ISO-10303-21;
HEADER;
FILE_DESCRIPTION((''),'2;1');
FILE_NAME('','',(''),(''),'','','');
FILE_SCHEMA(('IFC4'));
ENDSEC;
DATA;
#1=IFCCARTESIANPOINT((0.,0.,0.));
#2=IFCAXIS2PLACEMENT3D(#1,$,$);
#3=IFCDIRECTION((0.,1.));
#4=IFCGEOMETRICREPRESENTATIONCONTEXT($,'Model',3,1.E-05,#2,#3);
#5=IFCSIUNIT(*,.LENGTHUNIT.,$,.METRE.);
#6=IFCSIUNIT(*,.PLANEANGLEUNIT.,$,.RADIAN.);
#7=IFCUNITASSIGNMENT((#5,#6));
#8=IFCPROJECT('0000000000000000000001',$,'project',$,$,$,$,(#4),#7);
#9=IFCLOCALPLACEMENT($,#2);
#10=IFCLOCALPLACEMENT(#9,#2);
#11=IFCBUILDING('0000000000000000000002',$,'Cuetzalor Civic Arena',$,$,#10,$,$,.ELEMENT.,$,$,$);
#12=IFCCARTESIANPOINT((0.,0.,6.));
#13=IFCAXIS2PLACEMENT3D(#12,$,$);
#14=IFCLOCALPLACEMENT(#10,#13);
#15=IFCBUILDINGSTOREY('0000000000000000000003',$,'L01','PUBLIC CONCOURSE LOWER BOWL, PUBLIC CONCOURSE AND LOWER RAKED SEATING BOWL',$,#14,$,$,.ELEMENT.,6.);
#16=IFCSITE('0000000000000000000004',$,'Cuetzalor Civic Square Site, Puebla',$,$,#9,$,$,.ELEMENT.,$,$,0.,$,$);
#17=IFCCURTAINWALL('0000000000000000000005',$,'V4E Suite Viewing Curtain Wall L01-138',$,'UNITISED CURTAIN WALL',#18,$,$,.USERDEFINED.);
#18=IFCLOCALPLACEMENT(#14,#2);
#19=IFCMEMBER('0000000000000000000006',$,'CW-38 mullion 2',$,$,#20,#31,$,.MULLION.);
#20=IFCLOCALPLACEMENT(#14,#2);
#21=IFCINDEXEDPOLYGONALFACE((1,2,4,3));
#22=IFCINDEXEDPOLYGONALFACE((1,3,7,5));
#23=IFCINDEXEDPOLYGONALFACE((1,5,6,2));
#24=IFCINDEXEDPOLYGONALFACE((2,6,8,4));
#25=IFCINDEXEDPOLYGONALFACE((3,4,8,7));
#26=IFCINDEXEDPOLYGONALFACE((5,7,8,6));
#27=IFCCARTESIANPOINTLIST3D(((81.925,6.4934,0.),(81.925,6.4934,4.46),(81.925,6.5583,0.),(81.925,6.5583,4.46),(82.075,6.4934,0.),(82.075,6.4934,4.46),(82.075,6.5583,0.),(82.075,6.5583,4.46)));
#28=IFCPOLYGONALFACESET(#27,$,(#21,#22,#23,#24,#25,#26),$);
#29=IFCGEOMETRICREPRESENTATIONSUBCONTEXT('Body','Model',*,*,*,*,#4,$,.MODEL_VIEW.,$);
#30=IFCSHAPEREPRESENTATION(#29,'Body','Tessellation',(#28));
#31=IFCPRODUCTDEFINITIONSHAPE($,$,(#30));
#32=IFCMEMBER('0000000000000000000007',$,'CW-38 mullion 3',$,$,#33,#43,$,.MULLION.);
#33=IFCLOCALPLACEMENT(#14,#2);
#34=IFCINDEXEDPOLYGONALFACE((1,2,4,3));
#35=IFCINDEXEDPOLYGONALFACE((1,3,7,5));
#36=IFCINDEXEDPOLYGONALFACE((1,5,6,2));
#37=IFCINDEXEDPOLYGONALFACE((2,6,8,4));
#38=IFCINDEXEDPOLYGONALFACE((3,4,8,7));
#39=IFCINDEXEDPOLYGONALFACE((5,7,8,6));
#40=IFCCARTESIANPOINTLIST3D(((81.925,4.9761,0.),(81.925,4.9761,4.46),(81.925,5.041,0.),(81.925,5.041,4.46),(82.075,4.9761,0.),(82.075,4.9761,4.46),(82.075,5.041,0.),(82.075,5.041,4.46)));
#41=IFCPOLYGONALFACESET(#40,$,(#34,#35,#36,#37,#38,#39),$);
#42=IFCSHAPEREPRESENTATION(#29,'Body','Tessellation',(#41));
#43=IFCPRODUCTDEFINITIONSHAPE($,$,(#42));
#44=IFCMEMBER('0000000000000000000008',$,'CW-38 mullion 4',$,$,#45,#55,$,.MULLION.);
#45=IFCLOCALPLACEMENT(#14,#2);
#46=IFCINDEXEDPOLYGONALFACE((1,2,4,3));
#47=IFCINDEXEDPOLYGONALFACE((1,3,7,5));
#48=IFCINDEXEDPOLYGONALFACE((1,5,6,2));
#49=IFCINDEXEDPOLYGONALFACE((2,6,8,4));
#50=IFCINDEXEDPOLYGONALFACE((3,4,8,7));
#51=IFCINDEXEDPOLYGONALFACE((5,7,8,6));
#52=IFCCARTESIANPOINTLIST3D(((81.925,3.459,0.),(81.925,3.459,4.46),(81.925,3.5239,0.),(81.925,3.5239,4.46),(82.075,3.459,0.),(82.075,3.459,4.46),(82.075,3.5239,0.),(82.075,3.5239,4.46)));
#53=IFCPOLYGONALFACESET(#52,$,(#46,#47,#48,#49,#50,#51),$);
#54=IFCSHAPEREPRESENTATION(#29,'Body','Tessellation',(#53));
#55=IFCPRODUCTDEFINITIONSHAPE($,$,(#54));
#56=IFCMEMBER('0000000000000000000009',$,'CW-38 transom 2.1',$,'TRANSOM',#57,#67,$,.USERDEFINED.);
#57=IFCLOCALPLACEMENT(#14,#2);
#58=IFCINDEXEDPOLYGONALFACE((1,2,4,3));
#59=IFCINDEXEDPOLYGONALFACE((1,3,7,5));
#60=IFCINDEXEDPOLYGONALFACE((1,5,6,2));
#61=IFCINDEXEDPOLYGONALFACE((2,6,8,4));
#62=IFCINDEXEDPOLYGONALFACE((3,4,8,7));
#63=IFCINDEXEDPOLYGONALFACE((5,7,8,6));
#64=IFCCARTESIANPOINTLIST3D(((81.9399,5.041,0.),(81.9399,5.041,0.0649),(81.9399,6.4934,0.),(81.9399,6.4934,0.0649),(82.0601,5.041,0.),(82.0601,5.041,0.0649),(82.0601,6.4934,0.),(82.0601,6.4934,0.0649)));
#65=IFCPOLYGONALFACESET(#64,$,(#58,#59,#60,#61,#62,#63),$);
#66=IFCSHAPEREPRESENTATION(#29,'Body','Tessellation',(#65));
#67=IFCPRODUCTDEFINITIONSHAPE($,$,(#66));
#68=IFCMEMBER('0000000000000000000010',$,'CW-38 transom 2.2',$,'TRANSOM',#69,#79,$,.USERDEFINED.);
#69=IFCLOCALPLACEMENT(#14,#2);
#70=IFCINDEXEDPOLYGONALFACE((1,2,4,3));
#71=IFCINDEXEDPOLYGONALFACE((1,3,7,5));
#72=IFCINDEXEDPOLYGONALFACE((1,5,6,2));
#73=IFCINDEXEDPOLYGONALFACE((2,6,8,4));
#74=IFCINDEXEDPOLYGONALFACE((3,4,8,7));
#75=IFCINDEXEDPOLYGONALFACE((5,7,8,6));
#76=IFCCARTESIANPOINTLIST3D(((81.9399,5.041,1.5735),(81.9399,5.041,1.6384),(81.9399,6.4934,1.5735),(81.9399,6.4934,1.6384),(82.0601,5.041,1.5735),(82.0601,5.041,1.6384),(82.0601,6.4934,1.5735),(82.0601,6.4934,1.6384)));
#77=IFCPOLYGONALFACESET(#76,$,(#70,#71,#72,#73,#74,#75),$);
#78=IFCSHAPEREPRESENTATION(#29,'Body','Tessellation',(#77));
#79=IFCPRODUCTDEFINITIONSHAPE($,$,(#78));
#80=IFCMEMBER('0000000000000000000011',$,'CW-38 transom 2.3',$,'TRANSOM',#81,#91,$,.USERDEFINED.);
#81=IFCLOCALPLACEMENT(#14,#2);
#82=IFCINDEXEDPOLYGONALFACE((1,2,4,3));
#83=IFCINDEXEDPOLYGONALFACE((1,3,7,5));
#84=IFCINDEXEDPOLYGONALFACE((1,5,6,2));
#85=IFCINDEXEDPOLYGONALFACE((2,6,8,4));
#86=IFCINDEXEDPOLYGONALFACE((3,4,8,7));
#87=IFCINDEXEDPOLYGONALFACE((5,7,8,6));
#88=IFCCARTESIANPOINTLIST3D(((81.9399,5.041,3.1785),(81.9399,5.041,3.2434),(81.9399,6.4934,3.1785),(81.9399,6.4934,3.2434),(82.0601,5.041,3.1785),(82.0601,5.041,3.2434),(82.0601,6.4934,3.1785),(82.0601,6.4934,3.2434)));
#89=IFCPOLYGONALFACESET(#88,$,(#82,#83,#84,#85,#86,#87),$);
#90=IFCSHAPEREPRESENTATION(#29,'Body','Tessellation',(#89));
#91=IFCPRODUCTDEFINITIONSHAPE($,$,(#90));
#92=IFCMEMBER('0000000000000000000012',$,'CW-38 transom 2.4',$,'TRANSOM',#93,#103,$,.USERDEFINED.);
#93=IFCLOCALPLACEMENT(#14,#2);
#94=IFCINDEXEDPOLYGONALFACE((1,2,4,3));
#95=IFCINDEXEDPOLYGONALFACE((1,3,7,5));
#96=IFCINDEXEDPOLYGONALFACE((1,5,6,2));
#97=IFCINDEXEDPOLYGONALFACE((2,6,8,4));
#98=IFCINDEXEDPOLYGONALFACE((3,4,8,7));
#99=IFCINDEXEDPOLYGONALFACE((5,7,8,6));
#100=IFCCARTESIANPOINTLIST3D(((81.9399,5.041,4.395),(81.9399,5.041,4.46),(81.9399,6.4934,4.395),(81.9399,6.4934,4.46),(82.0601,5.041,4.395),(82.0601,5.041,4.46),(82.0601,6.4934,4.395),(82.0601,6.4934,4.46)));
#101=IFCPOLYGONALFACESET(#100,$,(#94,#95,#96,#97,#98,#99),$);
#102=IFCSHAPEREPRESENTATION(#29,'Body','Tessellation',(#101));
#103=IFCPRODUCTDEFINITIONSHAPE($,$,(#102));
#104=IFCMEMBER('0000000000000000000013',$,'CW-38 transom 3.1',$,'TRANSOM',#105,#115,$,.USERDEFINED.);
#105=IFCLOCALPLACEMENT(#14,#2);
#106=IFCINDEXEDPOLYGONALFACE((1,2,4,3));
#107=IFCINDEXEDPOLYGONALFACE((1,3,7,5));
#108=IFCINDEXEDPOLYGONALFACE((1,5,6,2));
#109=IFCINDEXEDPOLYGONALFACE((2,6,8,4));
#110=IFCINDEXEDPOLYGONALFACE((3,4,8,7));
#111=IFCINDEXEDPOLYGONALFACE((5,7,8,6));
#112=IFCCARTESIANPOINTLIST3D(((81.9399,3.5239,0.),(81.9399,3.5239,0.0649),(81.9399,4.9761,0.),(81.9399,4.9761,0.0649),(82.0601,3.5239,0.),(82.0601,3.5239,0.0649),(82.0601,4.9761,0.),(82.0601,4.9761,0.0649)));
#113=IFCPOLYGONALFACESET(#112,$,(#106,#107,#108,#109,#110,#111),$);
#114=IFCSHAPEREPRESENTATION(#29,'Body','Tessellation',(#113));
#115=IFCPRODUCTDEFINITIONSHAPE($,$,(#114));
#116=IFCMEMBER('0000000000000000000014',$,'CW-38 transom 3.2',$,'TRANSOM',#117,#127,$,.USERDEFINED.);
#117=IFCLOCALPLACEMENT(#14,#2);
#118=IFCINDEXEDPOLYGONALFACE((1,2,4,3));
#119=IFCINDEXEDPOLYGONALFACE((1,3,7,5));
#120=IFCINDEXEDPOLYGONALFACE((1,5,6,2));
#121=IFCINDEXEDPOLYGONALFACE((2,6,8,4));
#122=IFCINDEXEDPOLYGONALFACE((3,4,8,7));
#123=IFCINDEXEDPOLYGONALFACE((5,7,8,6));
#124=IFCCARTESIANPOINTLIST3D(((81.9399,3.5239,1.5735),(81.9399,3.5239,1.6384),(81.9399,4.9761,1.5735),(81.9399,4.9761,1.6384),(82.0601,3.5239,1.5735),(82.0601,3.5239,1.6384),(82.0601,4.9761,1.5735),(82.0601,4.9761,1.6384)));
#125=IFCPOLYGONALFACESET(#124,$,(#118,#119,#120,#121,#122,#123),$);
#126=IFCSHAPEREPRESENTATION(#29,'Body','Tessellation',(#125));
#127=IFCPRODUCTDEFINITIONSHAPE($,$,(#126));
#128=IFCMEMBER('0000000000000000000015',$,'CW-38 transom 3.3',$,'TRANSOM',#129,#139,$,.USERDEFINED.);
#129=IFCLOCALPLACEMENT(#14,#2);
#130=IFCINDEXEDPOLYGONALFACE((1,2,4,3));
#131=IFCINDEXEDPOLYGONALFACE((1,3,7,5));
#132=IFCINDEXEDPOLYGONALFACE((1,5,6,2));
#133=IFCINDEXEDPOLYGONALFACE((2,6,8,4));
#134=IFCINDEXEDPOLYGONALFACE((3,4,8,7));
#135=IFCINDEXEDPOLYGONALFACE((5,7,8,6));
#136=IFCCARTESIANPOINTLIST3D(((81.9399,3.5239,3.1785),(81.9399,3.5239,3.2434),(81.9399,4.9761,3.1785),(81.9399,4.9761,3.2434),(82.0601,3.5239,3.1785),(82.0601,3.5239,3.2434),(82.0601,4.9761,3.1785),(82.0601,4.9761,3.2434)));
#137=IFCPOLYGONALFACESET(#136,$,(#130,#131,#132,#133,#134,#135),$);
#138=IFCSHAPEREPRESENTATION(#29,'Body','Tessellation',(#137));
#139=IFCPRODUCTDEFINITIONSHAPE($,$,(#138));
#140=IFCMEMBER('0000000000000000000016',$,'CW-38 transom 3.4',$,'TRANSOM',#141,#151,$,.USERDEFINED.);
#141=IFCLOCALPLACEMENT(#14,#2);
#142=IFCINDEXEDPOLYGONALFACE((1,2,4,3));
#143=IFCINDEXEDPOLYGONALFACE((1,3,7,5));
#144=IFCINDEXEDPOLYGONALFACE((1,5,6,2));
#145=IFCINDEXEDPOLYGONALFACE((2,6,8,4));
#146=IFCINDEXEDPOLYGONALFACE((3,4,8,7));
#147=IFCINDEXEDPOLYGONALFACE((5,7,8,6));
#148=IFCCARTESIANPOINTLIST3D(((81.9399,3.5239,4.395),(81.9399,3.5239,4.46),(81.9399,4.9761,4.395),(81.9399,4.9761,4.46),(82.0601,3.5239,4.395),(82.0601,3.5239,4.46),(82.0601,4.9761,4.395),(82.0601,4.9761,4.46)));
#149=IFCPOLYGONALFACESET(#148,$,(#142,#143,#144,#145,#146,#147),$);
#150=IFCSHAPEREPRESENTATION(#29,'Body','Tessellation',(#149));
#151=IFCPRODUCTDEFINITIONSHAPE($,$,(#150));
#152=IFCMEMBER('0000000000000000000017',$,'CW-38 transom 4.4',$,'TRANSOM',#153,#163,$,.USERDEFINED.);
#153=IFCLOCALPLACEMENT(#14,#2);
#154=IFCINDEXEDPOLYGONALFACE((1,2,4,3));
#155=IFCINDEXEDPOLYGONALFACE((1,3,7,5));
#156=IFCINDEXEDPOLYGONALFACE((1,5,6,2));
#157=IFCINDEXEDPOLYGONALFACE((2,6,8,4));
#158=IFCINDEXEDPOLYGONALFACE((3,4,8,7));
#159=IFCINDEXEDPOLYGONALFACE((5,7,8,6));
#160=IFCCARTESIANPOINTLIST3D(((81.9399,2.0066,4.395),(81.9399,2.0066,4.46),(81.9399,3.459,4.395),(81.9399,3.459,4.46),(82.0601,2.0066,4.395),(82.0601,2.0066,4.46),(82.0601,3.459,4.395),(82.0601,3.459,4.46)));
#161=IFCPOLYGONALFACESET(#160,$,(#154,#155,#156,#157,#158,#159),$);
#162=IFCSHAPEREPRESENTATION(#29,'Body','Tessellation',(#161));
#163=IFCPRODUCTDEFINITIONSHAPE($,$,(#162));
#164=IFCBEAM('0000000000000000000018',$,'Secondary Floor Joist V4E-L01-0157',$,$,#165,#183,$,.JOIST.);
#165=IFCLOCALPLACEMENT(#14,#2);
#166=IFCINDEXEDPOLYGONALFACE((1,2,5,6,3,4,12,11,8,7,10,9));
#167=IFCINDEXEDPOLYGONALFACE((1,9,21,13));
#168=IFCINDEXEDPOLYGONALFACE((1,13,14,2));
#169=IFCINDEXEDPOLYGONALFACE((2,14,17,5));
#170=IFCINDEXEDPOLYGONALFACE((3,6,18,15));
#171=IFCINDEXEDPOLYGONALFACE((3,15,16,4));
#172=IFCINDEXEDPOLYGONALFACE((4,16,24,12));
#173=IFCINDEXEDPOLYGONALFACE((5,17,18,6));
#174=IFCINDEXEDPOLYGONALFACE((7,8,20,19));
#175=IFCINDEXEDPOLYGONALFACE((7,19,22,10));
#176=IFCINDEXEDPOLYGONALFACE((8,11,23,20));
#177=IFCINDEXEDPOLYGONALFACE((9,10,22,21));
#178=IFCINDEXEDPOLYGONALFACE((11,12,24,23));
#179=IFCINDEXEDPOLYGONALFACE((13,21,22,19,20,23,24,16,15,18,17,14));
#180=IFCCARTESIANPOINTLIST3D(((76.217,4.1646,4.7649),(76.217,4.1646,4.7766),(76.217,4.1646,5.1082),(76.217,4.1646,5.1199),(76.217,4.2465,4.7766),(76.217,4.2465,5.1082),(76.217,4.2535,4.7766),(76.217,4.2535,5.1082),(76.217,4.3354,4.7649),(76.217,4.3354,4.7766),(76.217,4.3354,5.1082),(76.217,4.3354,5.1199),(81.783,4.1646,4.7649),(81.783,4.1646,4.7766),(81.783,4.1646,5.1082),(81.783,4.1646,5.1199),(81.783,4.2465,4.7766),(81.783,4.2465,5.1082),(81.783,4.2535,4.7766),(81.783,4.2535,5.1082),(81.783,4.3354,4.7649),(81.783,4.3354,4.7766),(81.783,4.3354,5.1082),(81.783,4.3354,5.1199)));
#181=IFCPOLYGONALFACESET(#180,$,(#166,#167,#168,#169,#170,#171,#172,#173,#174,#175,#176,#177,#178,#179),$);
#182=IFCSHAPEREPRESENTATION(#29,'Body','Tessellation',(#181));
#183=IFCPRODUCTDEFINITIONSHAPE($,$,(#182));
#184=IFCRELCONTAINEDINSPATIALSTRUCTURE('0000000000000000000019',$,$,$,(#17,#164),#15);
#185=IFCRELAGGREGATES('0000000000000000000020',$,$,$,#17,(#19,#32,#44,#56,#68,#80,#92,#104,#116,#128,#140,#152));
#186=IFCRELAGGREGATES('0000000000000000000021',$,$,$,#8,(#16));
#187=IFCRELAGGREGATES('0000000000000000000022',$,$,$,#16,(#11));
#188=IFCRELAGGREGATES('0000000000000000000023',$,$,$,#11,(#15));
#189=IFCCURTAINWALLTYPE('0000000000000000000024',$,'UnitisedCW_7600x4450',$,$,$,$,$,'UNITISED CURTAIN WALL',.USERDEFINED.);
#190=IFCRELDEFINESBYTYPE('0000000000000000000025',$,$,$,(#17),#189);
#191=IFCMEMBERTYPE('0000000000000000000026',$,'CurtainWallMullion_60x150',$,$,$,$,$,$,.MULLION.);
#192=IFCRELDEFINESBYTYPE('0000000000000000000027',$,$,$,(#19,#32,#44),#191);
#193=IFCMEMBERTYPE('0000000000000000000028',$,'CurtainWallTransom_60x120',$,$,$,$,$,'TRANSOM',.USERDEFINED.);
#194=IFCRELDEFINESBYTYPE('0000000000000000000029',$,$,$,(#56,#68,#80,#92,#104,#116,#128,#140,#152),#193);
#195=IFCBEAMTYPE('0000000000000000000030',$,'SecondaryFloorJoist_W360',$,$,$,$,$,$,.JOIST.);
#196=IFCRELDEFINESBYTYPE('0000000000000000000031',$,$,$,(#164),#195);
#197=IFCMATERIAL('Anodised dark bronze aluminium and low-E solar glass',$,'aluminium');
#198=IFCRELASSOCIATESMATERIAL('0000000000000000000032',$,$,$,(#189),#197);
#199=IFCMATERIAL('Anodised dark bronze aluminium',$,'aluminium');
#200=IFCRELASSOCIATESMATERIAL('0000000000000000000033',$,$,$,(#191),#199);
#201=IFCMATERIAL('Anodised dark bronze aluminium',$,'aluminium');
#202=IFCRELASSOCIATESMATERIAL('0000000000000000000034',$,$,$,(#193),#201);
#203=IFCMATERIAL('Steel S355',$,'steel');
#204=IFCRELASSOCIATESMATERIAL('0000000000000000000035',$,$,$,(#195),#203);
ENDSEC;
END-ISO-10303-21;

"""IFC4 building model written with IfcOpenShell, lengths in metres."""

from ifc_helpers import new_model, si_unit, direction, frame, origin, origin_2d, place, context, subcontext, project, spatial, rectangle, i_section, extrude, material, material_profile, profile_set, type_object, element, aggregate, save


model = new_model("IFC4")

# Units and contexts
model_context = context("Model", 3, precision=1e-05, world=origin(), true_north=direction((0.0, 1.0)))
body_context = subcontext(model_context, "Body", "Model", "MODEL_VIEW")
ifc_project = project(units=[si_unit("LENGTHUNIT", "METRE"), si_unit("PLANEANGLEUNIT", "RADIAN")], contexts=[model_context])

# Site, building, storey
site_placement = place(None, origin())
site = spatial("IfcSite", under=ifc_project, at=site_placement, Name="Cuetzalor Civic Square Site, Puebla", CompositionType="ELEMENT", RefElevation=0.0)
building_placement = place(site_placement, origin())
building = spatial("IfcBuilding", under=site, at=building_placement, Name="Cuetzalor Civic Arena", CompositionType="ELEMENT")
storey_placement = place(building_placement, frame((0.0, 0.0, 6.0)))
storey = spatial("IfcBuildingStorey", under=building, at=storey_placement, Name="L01", Description="PUBLIC CONCOURSE LOWER BOWL, PUBLIC CONCOURSE AND LOWER RAKED SEATING BOWL", CompositionType="ELEMENT", Elevation=6.0)

# Curtain wall, members
ifc_material_1 = material(Name="Anodised dark bronze aluminium and low-E solar glass", Category="aluminium")
curtain_wall_type = type_object("IfcCurtainWallType", Name="UnitisedCW_7600x4450", ElementType="UNITISED CURTAIN WALL", PredefinedType="USERDEFINED", material=ifc_material_1)
curtain_wall_placement = place(storey_placement, origin())
curtain_wall = element("IfcCurtainWall", 1, at=curtain_wall_placement, inside=storey, type_object=curtain_wall_type, Name="V4E Suite Viewing Curtain Wall L01-138", ObjectType="UNITISED CURTAIN WALL", PredefinedType="USERDEFINED")
ifc_material_2 = material(Name="Anodised dark bronze aluminium", Category="aluminium")
ifc_material_profile_1 = material_profile(ifc_material_2, rectangle(XDim=0.0649, YDim=0.1499, at=origin_2d()), Name="ALU MULLION 65x150")
ifc_profile_set_1 = profile_set([ifc_material_profile_1], Name="Anodised dark bronze aluminium")
member_type_1 = type_object("IfcMemberType", Name="CurtainWallMullion_60x150", PredefinedType="MULLION", material=ifc_profile_set_1)
member_1_placement = place(storey_placement, frame((82.0, 6.5259, 0.0), z_axis=(0.0, 0.0, 1.0), x_axis=(0.0, -1.0, 0.0)))
member_1 = element("IfcMember", 2, at=member_1_placement, type_object=member_type_1, Name="CW-38 mullion 2", PredefinedType="MULLION", context=body_context, shape_type="SweptSolid", body=[
    extrude(rectangle(XDim=0.0649, YDim=0.1499, at=origin_2d()), origin(), (0.0, 0.0, 1.0), 4.46),
])
member_2_placement = place(storey_placement, frame((82.0, 5.0085, 0.0), z_axis=(0.0, 0.0, 1.0), x_axis=(0.0, -1.0, 0.0)))
member_2 = element("IfcMember", 3, at=member_2_placement, type_object=member_type_1, Name="CW-38 mullion 3", PredefinedType="MULLION", context=body_context, shape_type="SweptSolid", body=[
    extrude(rectangle(XDim=0.0649, YDim=0.1499, at=origin_2d()), origin(), (0.0, 0.0, 1.0), 4.46),
])
member_3_placement = place(storey_placement, frame((82.0, 3.4915, 0.0), z_axis=(0.0, 0.0, 1.0), x_axis=(0.0, -1.0, 0.0)))
member_3 = element("IfcMember", 4, at=member_3_placement, type_object=member_type_1, Name="CW-38 mullion 4", PredefinedType="MULLION", context=body_context, shape_type="SweptSolid", body=[
    extrude(rectangle(XDim=0.0649, YDim=0.1499, at=origin_2d()), origin(), (0.0, 0.0, 1.0), 4.46),
])
ifc_material_3 = material(Name="Anodised dark bronze aluminium", Category="aluminium")
ifc_material_profile_2 = material_profile(ifc_material_3, rectangle(XDim=0.1201, YDim=0.0649, at=origin_2d()), Name="ALU TRANSOM 65x120")
ifc_profile_set_2 = profile_set([ifc_material_profile_2], Name="Anodised dark bronze aluminium")
member_type_2 = type_object("IfcMemberType", Name="CurtainWallTransom_60x120", ElementType="TRANSOM", PredefinedType="USERDEFINED", material=ifc_profile_set_2)
member_4_placement = place(storey_placement, frame((82.0, 6.4934, 0.0325), z_axis=(0.0, -1.0, 0.0), x_axis=(1.0, 0.0, 0.0)))
member_4 = element("IfcMember", 5, at=member_4_placement, type_object=member_type_2, Name="CW-38 transom 2.1", ObjectType="TRANSOM", PredefinedType="USERDEFINED", context=body_context, shape_type="SweptSolid", body=[
    extrude(rectangle(XDim=0.1201, YDim=0.0649, at=origin_2d()), origin(), (0.0, 0.0, 1.0), 1.4524),
])
member_5_placement = place(storey_placement, frame((82.0, 6.4934, 1.606), z_axis=(0.0, -1.0, 0.0), x_axis=(1.0, 0.0, 0.0)))
member_5 = element("IfcMember", 6, at=member_5_placement, type_object=member_type_2, Name="CW-38 transom 2.2", ObjectType="TRANSOM", PredefinedType="USERDEFINED", context=body_context, shape_type="SweptSolid", body=[
    extrude(rectangle(XDim=0.1201, YDim=0.0649, at=origin_2d()), origin(), (0.0, 0.0, 1.0), 1.4524),
])
member_6_placement = place(storey_placement, frame((82.0, 6.4934, 3.2109), z_axis=(0.0, -1.0, 0.0), x_axis=(1.0, 0.0, 0.0)))
member_6 = element("IfcMember", 7, at=member_6_placement, type_object=member_type_2, Name="CW-38 transom 2.3", ObjectType="TRANSOM", PredefinedType="USERDEFINED", context=body_context, shape_type="SweptSolid", body=[
    extrude(rectangle(XDim=0.1201, YDim=0.0649, at=origin_2d()), origin(), (0.0, 0.0, 1.0), 1.4524),
])
member_7_placement = place(storey_placement, frame((82.0, 6.4934, 4.4275), z_axis=(0.0, -1.0, 0.0), x_axis=(1.0, 0.0, 0.0)))
member_7 = element("IfcMember", 8, at=member_7_placement, type_object=member_type_2, Name="CW-38 transom 2.4", ObjectType="TRANSOM", PredefinedType="USERDEFINED", context=body_context, shape_type="SweptSolid", body=[
    extrude(rectangle(XDim=0.1201, YDim=0.0649, at=origin_2d()), origin(), (0.0, 0.0, 1.0), 1.4524),
])
member_8_placement = place(storey_placement, frame((82.0, 4.9761, 0.0325), z_axis=(0.0, -1.0, 0.0), x_axis=(1.0, 0.0, 0.0)))
member_8 = element("IfcMember", 9, at=member_8_placement, type_object=member_type_2, Name="CW-38 transom 3.1", ObjectType="TRANSOM", PredefinedType="USERDEFINED", context=body_context, shape_type="SweptSolid", body=[
    extrude(rectangle(XDim=0.1201, YDim=0.0649, at=origin_2d()), origin(), (0.0, 0.0, 1.0), 1.4521),
])
member_9_placement = place(storey_placement, frame((82.0, 4.9761, 1.606), z_axis=(0.0, -1.0, 0.0), x_axis=(1.0, 0.0, 0.0)))
member_9 = element("IfcMember", 10, at=member_9_placement, type_object=member_type_2, Name="CW-38 transom 3.2", ObjectType="TRANSOM", PredefinedType="USERDEFINED", context=body_context, shape_type="SweptSolid", body=[
    extrude(rectangle(XDim=0.1201, YDim=0.0649, at=origin_2d()), origin(), (0.0, 0.0, 1.0), 1.4521),
])
member_10_placement = place(storey_placement, frame((82.0, 4.9761, 3.2109), z_axis=(0.0, -1.0, 0.0), x_axis=(1.0, 0.0, 0.0)))
member_10 = element("IfcMember", 11, at=member_10_placement, type_object=member_type_2, Name="CW-38 transom 3.3", ObjectType="TRANSOM", PredefinedType="USERDEFINED", context=body_context, shape_type="SweptSolid", body=[
    extrude(rectangle(XDim=0.1201, YDim=0.0649, at=origin_2d()), origin(), (0.0, 0.0, 1.0), 1.4521),
])
member_11_placement = place(storey_placement, frame((82.0, 4.9761, 4.4275), z_axis=(0.0, -1.0, 0.0), x_axis=(1.0, 0.0, 0.0)))
member_11 = element("IfcMember", 12, at=member_11_placement, type_object=member_type_2, Name="CW-38 transom 3.4", ObjectType="TRANSOM", PredefinedType="USERDEFINED", context=body_context, shape_type="SweptSolid", body=[
    extrude(rectangle(XDim=0.1201, YDim=0.0649, at=origin_2d()), origin(), (0.0, 0.0, 1.0), 1.4521),
])
member_12_placement = place(storey_placement, frame((82.0, 3.459, 4.4275), z_axis=(0.0, -1.0, 0.0), x_axis=(1.0, 0.0, 0.0)))
member_12 = element("IfcMember", 13, at=member_12_placement, type_object=member_type_2, Name="CW-38 transom 4.4", ObjectType="TRANSOM", PredefinedType="USERDEFINED", context=body_context, shape_type="SweptSolid", body=[
    extrude(rectangle(XDim=0.1201, YDim=0.0649, at=origin_2d()), origin(), (0.0, 0.0, 1.0), 1.4524),
])

# Beam
ifc_material_4 = material(Name="Steel S355", Category="steel")
ifc_material_profile_3 = material_profile(ifc_material_4, i_section(OverallWidth=0.1709, OverallDepth=0.355, WebThickness=0.0071, FlangeThickness=0.0117, at=origin_2d()), Name="W360x51")
ifc_profile_set_3 = profile_set([ifc_material_profile_3], Name="Steel S355")
beam_type = type_object("IfcBeamType", Name="SecondaryFloorJoist_W360", PredefinedType="JOIST", material=ifc_profile_set_3)
beam_placement = place(storey_placement, frame((76.217, 4.25, 4.9424), z_axis=(1.0, 0.0, 0.0), x_axis=(0.0, 1.0, 0.0)))
element("IfcBeam", 14, at=beam_placement, inside=storey, type_object=beam_type, Name="Secondary Floor Joist V4E-L01-0157", PredefinedType="JOIST", context=body_context, shape_type="SweptSolid", body=[
    extrude(i_section(OverallWidth=0.1709, OverallDepth=0.355, WebThickness=0.0071, FlangeThickness=0.0117, at=origin_2d()), origin(), (0.0, 0.0, 1.0), 5.5659),
])

aggregate(curtain_wall, [member_1, member_2, member_3, member_4, member_5, member_6, member_7, member_8, member_9, member_10, member_11, member_12])

save(model, "model.ifc")
